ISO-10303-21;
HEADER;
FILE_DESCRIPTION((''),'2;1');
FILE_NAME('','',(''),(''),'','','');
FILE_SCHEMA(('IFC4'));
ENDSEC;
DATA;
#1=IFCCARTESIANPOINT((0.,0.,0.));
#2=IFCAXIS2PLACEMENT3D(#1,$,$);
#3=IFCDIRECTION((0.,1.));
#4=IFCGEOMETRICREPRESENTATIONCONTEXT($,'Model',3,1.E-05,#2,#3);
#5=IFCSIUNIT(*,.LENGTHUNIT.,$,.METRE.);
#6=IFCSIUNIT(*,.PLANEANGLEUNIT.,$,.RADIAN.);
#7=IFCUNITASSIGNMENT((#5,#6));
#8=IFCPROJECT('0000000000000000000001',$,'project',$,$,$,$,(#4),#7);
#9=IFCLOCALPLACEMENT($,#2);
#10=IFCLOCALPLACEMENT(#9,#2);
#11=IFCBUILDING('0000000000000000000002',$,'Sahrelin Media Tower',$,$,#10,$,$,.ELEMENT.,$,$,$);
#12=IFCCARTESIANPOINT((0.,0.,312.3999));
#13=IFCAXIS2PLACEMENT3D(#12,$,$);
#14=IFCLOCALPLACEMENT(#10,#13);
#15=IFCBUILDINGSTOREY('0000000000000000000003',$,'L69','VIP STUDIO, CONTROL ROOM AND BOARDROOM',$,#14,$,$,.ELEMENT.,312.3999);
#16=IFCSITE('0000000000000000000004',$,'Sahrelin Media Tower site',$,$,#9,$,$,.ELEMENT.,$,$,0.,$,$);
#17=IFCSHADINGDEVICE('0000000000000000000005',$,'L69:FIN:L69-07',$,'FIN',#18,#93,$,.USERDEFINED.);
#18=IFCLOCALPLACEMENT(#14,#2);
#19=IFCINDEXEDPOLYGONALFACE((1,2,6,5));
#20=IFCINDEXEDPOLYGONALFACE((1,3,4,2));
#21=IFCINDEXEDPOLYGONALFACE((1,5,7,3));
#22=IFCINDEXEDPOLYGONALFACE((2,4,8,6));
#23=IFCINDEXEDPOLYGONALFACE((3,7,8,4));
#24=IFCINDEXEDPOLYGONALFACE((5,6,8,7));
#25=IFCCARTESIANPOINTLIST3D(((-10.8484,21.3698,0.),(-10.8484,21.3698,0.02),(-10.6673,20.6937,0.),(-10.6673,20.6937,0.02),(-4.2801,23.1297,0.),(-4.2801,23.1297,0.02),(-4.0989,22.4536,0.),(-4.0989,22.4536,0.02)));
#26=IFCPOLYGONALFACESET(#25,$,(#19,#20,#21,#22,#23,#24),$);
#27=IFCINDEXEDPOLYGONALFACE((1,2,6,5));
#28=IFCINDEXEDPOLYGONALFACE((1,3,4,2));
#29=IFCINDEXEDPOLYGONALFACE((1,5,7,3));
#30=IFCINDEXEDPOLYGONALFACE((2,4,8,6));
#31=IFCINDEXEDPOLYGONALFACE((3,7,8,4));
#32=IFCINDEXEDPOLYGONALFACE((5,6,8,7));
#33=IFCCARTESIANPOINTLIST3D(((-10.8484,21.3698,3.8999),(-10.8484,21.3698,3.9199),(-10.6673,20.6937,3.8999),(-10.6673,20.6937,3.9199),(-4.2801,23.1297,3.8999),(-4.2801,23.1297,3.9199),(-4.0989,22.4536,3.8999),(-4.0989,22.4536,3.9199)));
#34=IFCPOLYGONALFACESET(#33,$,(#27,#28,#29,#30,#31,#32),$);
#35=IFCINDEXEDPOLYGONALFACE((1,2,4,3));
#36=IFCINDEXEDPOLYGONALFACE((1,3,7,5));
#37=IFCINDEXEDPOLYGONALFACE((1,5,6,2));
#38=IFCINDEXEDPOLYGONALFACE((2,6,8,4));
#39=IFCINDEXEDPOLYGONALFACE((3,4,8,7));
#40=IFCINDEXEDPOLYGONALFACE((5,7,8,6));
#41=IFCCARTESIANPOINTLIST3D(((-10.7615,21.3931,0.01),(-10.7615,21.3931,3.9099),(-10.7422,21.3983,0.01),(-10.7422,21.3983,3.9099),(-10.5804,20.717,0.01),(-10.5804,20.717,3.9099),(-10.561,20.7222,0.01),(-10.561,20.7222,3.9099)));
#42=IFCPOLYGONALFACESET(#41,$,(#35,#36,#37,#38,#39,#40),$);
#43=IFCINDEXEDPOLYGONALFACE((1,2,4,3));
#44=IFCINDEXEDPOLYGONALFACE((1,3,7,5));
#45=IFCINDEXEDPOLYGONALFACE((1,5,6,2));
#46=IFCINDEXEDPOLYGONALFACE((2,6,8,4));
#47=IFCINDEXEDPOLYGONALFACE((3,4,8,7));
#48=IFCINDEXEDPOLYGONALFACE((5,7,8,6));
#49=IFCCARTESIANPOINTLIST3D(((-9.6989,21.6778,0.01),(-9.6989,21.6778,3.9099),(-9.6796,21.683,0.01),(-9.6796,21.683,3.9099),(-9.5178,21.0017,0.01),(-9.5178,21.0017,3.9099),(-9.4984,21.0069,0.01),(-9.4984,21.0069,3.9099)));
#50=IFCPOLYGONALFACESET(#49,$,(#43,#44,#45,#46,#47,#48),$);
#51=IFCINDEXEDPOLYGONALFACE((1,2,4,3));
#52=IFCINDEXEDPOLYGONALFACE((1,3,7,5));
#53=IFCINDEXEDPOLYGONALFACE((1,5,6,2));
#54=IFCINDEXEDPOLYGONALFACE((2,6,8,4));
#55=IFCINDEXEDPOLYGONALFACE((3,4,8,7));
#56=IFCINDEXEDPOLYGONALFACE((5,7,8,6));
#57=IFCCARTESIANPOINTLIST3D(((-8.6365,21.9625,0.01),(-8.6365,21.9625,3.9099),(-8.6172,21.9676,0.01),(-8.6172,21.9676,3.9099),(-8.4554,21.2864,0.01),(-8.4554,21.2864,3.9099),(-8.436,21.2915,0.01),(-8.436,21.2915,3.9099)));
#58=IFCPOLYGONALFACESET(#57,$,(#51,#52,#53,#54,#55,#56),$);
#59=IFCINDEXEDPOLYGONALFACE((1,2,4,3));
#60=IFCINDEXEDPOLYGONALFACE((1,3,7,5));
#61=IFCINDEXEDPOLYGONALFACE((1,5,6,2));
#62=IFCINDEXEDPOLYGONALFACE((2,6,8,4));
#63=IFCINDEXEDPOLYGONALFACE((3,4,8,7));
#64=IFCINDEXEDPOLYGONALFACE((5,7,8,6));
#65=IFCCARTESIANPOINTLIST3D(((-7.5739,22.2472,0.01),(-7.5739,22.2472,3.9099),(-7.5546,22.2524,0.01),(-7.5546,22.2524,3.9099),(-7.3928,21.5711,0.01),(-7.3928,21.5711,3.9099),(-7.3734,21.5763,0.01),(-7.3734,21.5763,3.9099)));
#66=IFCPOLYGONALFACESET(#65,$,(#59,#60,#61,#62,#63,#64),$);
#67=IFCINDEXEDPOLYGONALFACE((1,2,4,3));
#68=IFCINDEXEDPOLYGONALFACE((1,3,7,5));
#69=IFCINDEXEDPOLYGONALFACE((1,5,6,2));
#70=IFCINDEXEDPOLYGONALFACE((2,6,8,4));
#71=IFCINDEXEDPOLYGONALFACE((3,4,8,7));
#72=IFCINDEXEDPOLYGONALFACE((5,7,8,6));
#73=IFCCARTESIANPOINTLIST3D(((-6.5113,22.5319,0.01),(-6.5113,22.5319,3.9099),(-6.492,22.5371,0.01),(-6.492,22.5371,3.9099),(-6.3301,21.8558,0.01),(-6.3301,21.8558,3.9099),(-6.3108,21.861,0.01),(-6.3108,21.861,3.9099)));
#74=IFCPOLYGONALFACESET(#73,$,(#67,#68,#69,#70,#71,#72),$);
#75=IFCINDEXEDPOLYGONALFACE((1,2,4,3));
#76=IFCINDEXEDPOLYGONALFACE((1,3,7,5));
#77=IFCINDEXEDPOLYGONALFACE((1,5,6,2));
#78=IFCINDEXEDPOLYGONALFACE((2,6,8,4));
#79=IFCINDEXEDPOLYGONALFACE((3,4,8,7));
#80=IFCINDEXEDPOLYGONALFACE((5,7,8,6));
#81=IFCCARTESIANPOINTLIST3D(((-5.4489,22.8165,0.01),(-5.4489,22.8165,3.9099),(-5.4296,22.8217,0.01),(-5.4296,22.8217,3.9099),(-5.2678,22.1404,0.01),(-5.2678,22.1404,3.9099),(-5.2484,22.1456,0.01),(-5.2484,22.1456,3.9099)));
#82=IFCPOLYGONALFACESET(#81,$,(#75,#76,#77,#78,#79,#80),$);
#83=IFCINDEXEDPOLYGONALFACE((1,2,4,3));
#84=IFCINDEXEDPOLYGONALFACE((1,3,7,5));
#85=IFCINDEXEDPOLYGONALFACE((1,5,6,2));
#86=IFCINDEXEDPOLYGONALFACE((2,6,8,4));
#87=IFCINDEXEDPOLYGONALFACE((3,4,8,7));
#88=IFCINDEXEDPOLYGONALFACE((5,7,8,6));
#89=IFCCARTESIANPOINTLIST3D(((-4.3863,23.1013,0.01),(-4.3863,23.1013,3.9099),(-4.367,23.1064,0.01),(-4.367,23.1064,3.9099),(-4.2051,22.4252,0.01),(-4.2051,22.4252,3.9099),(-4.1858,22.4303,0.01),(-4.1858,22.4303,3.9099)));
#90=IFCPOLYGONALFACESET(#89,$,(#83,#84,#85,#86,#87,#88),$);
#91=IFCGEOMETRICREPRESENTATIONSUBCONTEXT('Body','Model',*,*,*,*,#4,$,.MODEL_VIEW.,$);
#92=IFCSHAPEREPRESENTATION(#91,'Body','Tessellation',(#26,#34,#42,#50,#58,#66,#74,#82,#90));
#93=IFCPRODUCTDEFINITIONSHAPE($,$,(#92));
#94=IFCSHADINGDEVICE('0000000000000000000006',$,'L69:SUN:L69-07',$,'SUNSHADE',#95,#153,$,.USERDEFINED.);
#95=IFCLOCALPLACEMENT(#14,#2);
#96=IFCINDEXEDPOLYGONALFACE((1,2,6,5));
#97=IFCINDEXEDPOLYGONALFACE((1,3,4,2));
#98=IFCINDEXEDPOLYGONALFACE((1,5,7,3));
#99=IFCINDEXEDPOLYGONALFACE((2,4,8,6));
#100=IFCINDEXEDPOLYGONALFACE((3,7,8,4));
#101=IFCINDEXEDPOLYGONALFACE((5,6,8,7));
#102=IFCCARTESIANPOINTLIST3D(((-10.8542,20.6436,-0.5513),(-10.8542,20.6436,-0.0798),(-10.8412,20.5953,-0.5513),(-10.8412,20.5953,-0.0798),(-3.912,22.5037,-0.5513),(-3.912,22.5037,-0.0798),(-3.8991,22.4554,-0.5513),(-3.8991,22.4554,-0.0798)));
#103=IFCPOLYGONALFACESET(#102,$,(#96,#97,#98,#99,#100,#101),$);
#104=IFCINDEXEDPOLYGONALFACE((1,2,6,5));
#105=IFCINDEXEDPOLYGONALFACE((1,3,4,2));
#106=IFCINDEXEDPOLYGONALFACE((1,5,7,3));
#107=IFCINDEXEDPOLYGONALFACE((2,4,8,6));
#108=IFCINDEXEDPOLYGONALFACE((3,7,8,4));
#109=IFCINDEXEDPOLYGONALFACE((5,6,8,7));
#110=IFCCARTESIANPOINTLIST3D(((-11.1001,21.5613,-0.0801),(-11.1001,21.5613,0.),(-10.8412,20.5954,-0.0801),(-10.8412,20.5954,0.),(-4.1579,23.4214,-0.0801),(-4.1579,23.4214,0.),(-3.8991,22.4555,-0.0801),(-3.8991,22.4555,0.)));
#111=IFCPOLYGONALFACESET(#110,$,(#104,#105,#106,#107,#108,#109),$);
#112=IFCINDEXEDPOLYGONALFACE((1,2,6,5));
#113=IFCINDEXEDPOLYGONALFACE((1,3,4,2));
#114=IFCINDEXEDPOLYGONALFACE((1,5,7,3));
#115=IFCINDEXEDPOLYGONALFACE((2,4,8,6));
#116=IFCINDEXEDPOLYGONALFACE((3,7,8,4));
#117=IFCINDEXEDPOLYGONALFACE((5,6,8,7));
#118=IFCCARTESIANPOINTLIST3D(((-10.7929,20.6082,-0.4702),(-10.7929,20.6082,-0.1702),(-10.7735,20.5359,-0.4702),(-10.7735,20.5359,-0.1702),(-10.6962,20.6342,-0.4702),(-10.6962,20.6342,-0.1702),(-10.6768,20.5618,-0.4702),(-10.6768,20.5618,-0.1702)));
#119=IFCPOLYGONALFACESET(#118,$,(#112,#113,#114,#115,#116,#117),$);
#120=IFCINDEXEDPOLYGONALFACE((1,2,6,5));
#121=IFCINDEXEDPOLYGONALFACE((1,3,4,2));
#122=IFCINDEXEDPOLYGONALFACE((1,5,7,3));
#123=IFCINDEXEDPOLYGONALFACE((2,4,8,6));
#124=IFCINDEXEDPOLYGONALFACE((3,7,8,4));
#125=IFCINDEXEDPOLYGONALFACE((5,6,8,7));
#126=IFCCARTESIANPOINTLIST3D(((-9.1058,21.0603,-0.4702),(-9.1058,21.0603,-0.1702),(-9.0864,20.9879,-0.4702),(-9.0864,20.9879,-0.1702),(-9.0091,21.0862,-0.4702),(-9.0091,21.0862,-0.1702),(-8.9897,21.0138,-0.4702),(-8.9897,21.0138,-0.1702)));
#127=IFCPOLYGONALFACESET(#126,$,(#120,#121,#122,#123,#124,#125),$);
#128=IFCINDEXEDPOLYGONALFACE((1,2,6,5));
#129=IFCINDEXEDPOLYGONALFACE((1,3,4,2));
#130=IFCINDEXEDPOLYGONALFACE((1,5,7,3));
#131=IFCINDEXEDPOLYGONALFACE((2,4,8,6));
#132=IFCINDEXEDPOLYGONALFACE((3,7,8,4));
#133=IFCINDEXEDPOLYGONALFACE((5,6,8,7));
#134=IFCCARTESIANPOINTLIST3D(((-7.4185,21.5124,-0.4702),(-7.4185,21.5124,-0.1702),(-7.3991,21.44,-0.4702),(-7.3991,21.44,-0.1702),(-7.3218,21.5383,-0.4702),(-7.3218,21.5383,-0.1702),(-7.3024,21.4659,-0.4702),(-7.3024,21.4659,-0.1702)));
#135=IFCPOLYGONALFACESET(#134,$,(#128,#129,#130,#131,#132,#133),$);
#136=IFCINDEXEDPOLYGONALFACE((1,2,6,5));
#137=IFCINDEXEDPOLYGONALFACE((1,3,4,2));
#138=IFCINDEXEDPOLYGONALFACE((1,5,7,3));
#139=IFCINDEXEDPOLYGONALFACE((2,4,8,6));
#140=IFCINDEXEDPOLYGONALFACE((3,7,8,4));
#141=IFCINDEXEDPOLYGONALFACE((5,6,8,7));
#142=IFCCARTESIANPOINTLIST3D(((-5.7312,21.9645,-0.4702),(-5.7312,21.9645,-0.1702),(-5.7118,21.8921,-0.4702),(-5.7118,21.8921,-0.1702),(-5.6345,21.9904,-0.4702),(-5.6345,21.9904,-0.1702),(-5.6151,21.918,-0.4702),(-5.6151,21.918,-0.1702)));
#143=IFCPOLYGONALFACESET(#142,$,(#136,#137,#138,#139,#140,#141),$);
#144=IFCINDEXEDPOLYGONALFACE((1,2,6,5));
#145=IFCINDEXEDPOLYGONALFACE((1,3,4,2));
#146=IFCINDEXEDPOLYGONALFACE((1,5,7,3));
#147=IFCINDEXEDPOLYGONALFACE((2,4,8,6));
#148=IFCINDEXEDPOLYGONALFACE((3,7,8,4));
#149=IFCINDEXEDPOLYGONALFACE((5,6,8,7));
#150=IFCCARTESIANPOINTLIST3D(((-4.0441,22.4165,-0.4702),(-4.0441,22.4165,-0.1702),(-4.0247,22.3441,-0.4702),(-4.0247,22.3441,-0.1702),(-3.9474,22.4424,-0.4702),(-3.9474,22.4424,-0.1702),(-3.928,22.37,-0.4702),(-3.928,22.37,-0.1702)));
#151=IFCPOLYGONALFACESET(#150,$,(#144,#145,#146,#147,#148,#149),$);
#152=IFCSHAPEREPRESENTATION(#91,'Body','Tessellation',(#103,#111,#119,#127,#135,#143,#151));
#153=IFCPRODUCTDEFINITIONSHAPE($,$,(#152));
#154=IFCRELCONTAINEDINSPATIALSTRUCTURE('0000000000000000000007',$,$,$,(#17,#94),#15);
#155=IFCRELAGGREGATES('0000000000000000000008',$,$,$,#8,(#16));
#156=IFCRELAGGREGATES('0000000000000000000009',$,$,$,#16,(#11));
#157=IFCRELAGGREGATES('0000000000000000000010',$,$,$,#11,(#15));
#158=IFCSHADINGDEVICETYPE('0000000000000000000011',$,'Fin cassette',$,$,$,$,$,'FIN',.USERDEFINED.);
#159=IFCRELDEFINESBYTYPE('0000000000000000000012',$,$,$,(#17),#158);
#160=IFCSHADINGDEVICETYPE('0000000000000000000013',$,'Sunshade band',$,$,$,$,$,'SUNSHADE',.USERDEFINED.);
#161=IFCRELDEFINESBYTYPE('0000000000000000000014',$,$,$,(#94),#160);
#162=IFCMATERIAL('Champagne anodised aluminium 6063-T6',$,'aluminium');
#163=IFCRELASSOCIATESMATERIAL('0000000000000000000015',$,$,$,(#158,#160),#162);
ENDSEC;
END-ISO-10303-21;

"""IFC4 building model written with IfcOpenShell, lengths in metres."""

from ifc_helpers import new_model, si_unit, direction, frame, origin, origin_2d, place, context, subcontext, project, spatial, rectangle, extrude, material, type_object, element, save


model = new_model("IFC4")

# Units and contexts
model_context = context("Model", 3, precision=1e-05, world=origin(), true_north=direction((0.0, 1.0)))
body_context = subcontext(model_context, "Body", "Model", "MODEL_VIEW")
ifc_project = project(units=[si_unit("LENGTHUNIT", "METRE"), si_unit("PLANEANGLEUNIT", "RADIAN")], contexts=[model_context])

# Site, building, storey
site_placement = place(None, origin())
site = spatial("IfcSite", under=ifc_project, at=site_placement, Name="Sahrelin Media Tower site", CompositionType="ELEMENT", RefElevation=0.0)
building_placement = place(site_placement, origin())
building = spatial("IfcBuilding", under=site, at=building_placement, Name="Sahrelin Media Tower", CompositionType="ELEMENT")
storey_placement = place(building_placement, frame((0.0, 0.0, 312.3999)))
storey = spatial("IfcBuildingStorey", under=building, at=storey_placement, Name="L69", Description="VIP STUDIO, CONTROL ROOM AND BOARDROOM", CompositionType="ELEMENT", Elevation=312.3999)

# Shared definitions
ifc_material_1 = material(Name="Champagne anodised aluminium 6063-T6", Category="aluminium")

# Shading devices
shading_device_type_1 = type_object("IfcShadingDeviceType", Name="Fin cassette", ElementType="FIN", PredefinedType="USERDEFINED", material=ifc_material_1)
placement = place(storey_placement, frame((-7.365, 21.5061, 0.0), z_axis=(0.0, 0.0, 1.0), x_axis=(0.965929, 0.258808, 0.0)))
element("IfcShadingDevice", 1, at=placement, inside=storey, type_object=shading_device_type_1, Name="L69:FIN:L69-07", ObjectType="FIN", PredefinedType="USERDEFINED", context=body_context, shape_type="SweptSolid", body=[
    extrude(rectangle(XDim=6.8, YDim=0.7, at=origin_2d()), frame((0.0, 0.4199, 0.0)), (0.0, 0.0, 1.0), 0.02),
    extrude(rectangle(XDim=6.8, YDim=0.7, at=origin_2d()), frame((0.0, 0.4199, 3.8999)), (0.0, 0.0, 1.0), 0.02),
    extrude(rectangle(XDim=0.02, YDim=0.7, at=origin_2d()), frame((-3.3, 0.4199, 0.01), z_axis=(0.0, 0.0, 1.0), x_axis=(1.0, 0.0, 0.0)), (0.0, 0.0, 1.0), 3.8999),
    extrude(rectangle(XDim=0.02, YDim=0.7, at=origin_2d()), frame((-2.2, 0.4199, 0.01), z_axis=(0.0, 0.0, 1.0), x_axis=(1.0, 0.0, 0.0)), (0.0, 0.0, 1.0), 3.8999),
    extrude(rectangle(XDim=0.02, YDim=0.7, at=origin_2d()), frame((-1.1001, 0.4199, 0.01), z_axis=(0.0, 0.0, 1.0), x_axis=(1.0, 0.0, 0.0)), (0.0, 0.0, 1.0), 3.8999),
    extrude(rectangle(XDim=0.02, YDim=0.7, at=origin_2d()), frame((0.0, 0.4199, 0.01), z_axis=(0.0, 0.0, 1.0), x_axis=(1.0, 0.0, 0.0)), (0.0, 0.0, 1.0), 3.8999),
    extrude(rectangle(XDim=0.02, YDim=0.7, at=origin_2d()), frame((1.1001, 0.4199, 0.01), z_axis=(0.0, 0.0, 1.0), x_axis=(1.0, 0.0, 0.0)), (0.0, 0.0, 1.0), 3.8999),
    extrude(rectangle(XDim=0.02, YDim=0.7, at=origin_2d()), frame((2.2, 0.4199, 0.01), z_axis=(0.0, 0.0, 1.0), x_axis=(1.0, 0.0, 0.0)), (0.0, 0.0, 1.0), 3.8999),
    extrude(rectangle(XDim=0.02, YDim=0.7, at=origin_2d()), frame((3.3, 0.4199, 0.01), z_axis=(0.0, 0.0, 1.0), x_axis=(1.0, 0.0, 0.0)), (0.0, 0.0, 1.0), 3.8999),
])
shading_device_type_2 = type_object("IfcShadingDeviceType", Name="Sunshade band", ElementType="SUNSHADE", PredefinedType="USERDEFINED", material=ifc_material_1)
element("IfcShadingDevice", 2, at=placement, inside=storey, type_object=shading_device_type_2, Name="L69:SUN:L69-07", ObjectType="SUNSHADE", PredefinedType="USERDEFINED", context=body_context, shape_type="SweptSolid", body=[
    extrude(rectangle(XDim=7.187, YDim=0.05, at=origin_2d()), frame((0.0, 0.0449, -0.5513)), (0.0, 0.0, 1.0), 0.4714),
    extrude(rectangle(XDim=7.187, YDim=1.0, at=origin_2d()), frame((0.0, 0.52, -0.0801)), (0.0, 0.0, 1.0), 0.0801),
    extrude(rectangle(XDim=0.1001, YDim=0.075, at=origin_2d()), frame((-3.4934, -0.0176, -0.4702)), (0.0, 0.0, 1.0), 0.3),
    extrude(rectangle(XDim=0.1001, YDim=0.075, at=origin_2d()), frame((-1.7468, -0.0176, -0.4702)), (0.0, 0.0, 1.0), 0.3),
    extrude(rectangle(XDim=0.1001, YDim=0.075, at=origin_2d()), frame((0.0, -0.0176, -0.4702)), (0.0, 0.0, 1.0), 0.3),
    extrude(rectangle(XDim=0.1001, YDim=0.075, at=origin_2d()), frame((1.7468, -0.0176, -0.4702)), (0.0, 0.0, 1.0), 0.3),
    extrude(rectangle(XDim=0.1001, YDim=0.075, at=origin_2d()), frame((3.4934, -0.0176, -0.4702)), (0.0, 0.0, 1.0), 0.3),
])

save(model, "model.ifc")
